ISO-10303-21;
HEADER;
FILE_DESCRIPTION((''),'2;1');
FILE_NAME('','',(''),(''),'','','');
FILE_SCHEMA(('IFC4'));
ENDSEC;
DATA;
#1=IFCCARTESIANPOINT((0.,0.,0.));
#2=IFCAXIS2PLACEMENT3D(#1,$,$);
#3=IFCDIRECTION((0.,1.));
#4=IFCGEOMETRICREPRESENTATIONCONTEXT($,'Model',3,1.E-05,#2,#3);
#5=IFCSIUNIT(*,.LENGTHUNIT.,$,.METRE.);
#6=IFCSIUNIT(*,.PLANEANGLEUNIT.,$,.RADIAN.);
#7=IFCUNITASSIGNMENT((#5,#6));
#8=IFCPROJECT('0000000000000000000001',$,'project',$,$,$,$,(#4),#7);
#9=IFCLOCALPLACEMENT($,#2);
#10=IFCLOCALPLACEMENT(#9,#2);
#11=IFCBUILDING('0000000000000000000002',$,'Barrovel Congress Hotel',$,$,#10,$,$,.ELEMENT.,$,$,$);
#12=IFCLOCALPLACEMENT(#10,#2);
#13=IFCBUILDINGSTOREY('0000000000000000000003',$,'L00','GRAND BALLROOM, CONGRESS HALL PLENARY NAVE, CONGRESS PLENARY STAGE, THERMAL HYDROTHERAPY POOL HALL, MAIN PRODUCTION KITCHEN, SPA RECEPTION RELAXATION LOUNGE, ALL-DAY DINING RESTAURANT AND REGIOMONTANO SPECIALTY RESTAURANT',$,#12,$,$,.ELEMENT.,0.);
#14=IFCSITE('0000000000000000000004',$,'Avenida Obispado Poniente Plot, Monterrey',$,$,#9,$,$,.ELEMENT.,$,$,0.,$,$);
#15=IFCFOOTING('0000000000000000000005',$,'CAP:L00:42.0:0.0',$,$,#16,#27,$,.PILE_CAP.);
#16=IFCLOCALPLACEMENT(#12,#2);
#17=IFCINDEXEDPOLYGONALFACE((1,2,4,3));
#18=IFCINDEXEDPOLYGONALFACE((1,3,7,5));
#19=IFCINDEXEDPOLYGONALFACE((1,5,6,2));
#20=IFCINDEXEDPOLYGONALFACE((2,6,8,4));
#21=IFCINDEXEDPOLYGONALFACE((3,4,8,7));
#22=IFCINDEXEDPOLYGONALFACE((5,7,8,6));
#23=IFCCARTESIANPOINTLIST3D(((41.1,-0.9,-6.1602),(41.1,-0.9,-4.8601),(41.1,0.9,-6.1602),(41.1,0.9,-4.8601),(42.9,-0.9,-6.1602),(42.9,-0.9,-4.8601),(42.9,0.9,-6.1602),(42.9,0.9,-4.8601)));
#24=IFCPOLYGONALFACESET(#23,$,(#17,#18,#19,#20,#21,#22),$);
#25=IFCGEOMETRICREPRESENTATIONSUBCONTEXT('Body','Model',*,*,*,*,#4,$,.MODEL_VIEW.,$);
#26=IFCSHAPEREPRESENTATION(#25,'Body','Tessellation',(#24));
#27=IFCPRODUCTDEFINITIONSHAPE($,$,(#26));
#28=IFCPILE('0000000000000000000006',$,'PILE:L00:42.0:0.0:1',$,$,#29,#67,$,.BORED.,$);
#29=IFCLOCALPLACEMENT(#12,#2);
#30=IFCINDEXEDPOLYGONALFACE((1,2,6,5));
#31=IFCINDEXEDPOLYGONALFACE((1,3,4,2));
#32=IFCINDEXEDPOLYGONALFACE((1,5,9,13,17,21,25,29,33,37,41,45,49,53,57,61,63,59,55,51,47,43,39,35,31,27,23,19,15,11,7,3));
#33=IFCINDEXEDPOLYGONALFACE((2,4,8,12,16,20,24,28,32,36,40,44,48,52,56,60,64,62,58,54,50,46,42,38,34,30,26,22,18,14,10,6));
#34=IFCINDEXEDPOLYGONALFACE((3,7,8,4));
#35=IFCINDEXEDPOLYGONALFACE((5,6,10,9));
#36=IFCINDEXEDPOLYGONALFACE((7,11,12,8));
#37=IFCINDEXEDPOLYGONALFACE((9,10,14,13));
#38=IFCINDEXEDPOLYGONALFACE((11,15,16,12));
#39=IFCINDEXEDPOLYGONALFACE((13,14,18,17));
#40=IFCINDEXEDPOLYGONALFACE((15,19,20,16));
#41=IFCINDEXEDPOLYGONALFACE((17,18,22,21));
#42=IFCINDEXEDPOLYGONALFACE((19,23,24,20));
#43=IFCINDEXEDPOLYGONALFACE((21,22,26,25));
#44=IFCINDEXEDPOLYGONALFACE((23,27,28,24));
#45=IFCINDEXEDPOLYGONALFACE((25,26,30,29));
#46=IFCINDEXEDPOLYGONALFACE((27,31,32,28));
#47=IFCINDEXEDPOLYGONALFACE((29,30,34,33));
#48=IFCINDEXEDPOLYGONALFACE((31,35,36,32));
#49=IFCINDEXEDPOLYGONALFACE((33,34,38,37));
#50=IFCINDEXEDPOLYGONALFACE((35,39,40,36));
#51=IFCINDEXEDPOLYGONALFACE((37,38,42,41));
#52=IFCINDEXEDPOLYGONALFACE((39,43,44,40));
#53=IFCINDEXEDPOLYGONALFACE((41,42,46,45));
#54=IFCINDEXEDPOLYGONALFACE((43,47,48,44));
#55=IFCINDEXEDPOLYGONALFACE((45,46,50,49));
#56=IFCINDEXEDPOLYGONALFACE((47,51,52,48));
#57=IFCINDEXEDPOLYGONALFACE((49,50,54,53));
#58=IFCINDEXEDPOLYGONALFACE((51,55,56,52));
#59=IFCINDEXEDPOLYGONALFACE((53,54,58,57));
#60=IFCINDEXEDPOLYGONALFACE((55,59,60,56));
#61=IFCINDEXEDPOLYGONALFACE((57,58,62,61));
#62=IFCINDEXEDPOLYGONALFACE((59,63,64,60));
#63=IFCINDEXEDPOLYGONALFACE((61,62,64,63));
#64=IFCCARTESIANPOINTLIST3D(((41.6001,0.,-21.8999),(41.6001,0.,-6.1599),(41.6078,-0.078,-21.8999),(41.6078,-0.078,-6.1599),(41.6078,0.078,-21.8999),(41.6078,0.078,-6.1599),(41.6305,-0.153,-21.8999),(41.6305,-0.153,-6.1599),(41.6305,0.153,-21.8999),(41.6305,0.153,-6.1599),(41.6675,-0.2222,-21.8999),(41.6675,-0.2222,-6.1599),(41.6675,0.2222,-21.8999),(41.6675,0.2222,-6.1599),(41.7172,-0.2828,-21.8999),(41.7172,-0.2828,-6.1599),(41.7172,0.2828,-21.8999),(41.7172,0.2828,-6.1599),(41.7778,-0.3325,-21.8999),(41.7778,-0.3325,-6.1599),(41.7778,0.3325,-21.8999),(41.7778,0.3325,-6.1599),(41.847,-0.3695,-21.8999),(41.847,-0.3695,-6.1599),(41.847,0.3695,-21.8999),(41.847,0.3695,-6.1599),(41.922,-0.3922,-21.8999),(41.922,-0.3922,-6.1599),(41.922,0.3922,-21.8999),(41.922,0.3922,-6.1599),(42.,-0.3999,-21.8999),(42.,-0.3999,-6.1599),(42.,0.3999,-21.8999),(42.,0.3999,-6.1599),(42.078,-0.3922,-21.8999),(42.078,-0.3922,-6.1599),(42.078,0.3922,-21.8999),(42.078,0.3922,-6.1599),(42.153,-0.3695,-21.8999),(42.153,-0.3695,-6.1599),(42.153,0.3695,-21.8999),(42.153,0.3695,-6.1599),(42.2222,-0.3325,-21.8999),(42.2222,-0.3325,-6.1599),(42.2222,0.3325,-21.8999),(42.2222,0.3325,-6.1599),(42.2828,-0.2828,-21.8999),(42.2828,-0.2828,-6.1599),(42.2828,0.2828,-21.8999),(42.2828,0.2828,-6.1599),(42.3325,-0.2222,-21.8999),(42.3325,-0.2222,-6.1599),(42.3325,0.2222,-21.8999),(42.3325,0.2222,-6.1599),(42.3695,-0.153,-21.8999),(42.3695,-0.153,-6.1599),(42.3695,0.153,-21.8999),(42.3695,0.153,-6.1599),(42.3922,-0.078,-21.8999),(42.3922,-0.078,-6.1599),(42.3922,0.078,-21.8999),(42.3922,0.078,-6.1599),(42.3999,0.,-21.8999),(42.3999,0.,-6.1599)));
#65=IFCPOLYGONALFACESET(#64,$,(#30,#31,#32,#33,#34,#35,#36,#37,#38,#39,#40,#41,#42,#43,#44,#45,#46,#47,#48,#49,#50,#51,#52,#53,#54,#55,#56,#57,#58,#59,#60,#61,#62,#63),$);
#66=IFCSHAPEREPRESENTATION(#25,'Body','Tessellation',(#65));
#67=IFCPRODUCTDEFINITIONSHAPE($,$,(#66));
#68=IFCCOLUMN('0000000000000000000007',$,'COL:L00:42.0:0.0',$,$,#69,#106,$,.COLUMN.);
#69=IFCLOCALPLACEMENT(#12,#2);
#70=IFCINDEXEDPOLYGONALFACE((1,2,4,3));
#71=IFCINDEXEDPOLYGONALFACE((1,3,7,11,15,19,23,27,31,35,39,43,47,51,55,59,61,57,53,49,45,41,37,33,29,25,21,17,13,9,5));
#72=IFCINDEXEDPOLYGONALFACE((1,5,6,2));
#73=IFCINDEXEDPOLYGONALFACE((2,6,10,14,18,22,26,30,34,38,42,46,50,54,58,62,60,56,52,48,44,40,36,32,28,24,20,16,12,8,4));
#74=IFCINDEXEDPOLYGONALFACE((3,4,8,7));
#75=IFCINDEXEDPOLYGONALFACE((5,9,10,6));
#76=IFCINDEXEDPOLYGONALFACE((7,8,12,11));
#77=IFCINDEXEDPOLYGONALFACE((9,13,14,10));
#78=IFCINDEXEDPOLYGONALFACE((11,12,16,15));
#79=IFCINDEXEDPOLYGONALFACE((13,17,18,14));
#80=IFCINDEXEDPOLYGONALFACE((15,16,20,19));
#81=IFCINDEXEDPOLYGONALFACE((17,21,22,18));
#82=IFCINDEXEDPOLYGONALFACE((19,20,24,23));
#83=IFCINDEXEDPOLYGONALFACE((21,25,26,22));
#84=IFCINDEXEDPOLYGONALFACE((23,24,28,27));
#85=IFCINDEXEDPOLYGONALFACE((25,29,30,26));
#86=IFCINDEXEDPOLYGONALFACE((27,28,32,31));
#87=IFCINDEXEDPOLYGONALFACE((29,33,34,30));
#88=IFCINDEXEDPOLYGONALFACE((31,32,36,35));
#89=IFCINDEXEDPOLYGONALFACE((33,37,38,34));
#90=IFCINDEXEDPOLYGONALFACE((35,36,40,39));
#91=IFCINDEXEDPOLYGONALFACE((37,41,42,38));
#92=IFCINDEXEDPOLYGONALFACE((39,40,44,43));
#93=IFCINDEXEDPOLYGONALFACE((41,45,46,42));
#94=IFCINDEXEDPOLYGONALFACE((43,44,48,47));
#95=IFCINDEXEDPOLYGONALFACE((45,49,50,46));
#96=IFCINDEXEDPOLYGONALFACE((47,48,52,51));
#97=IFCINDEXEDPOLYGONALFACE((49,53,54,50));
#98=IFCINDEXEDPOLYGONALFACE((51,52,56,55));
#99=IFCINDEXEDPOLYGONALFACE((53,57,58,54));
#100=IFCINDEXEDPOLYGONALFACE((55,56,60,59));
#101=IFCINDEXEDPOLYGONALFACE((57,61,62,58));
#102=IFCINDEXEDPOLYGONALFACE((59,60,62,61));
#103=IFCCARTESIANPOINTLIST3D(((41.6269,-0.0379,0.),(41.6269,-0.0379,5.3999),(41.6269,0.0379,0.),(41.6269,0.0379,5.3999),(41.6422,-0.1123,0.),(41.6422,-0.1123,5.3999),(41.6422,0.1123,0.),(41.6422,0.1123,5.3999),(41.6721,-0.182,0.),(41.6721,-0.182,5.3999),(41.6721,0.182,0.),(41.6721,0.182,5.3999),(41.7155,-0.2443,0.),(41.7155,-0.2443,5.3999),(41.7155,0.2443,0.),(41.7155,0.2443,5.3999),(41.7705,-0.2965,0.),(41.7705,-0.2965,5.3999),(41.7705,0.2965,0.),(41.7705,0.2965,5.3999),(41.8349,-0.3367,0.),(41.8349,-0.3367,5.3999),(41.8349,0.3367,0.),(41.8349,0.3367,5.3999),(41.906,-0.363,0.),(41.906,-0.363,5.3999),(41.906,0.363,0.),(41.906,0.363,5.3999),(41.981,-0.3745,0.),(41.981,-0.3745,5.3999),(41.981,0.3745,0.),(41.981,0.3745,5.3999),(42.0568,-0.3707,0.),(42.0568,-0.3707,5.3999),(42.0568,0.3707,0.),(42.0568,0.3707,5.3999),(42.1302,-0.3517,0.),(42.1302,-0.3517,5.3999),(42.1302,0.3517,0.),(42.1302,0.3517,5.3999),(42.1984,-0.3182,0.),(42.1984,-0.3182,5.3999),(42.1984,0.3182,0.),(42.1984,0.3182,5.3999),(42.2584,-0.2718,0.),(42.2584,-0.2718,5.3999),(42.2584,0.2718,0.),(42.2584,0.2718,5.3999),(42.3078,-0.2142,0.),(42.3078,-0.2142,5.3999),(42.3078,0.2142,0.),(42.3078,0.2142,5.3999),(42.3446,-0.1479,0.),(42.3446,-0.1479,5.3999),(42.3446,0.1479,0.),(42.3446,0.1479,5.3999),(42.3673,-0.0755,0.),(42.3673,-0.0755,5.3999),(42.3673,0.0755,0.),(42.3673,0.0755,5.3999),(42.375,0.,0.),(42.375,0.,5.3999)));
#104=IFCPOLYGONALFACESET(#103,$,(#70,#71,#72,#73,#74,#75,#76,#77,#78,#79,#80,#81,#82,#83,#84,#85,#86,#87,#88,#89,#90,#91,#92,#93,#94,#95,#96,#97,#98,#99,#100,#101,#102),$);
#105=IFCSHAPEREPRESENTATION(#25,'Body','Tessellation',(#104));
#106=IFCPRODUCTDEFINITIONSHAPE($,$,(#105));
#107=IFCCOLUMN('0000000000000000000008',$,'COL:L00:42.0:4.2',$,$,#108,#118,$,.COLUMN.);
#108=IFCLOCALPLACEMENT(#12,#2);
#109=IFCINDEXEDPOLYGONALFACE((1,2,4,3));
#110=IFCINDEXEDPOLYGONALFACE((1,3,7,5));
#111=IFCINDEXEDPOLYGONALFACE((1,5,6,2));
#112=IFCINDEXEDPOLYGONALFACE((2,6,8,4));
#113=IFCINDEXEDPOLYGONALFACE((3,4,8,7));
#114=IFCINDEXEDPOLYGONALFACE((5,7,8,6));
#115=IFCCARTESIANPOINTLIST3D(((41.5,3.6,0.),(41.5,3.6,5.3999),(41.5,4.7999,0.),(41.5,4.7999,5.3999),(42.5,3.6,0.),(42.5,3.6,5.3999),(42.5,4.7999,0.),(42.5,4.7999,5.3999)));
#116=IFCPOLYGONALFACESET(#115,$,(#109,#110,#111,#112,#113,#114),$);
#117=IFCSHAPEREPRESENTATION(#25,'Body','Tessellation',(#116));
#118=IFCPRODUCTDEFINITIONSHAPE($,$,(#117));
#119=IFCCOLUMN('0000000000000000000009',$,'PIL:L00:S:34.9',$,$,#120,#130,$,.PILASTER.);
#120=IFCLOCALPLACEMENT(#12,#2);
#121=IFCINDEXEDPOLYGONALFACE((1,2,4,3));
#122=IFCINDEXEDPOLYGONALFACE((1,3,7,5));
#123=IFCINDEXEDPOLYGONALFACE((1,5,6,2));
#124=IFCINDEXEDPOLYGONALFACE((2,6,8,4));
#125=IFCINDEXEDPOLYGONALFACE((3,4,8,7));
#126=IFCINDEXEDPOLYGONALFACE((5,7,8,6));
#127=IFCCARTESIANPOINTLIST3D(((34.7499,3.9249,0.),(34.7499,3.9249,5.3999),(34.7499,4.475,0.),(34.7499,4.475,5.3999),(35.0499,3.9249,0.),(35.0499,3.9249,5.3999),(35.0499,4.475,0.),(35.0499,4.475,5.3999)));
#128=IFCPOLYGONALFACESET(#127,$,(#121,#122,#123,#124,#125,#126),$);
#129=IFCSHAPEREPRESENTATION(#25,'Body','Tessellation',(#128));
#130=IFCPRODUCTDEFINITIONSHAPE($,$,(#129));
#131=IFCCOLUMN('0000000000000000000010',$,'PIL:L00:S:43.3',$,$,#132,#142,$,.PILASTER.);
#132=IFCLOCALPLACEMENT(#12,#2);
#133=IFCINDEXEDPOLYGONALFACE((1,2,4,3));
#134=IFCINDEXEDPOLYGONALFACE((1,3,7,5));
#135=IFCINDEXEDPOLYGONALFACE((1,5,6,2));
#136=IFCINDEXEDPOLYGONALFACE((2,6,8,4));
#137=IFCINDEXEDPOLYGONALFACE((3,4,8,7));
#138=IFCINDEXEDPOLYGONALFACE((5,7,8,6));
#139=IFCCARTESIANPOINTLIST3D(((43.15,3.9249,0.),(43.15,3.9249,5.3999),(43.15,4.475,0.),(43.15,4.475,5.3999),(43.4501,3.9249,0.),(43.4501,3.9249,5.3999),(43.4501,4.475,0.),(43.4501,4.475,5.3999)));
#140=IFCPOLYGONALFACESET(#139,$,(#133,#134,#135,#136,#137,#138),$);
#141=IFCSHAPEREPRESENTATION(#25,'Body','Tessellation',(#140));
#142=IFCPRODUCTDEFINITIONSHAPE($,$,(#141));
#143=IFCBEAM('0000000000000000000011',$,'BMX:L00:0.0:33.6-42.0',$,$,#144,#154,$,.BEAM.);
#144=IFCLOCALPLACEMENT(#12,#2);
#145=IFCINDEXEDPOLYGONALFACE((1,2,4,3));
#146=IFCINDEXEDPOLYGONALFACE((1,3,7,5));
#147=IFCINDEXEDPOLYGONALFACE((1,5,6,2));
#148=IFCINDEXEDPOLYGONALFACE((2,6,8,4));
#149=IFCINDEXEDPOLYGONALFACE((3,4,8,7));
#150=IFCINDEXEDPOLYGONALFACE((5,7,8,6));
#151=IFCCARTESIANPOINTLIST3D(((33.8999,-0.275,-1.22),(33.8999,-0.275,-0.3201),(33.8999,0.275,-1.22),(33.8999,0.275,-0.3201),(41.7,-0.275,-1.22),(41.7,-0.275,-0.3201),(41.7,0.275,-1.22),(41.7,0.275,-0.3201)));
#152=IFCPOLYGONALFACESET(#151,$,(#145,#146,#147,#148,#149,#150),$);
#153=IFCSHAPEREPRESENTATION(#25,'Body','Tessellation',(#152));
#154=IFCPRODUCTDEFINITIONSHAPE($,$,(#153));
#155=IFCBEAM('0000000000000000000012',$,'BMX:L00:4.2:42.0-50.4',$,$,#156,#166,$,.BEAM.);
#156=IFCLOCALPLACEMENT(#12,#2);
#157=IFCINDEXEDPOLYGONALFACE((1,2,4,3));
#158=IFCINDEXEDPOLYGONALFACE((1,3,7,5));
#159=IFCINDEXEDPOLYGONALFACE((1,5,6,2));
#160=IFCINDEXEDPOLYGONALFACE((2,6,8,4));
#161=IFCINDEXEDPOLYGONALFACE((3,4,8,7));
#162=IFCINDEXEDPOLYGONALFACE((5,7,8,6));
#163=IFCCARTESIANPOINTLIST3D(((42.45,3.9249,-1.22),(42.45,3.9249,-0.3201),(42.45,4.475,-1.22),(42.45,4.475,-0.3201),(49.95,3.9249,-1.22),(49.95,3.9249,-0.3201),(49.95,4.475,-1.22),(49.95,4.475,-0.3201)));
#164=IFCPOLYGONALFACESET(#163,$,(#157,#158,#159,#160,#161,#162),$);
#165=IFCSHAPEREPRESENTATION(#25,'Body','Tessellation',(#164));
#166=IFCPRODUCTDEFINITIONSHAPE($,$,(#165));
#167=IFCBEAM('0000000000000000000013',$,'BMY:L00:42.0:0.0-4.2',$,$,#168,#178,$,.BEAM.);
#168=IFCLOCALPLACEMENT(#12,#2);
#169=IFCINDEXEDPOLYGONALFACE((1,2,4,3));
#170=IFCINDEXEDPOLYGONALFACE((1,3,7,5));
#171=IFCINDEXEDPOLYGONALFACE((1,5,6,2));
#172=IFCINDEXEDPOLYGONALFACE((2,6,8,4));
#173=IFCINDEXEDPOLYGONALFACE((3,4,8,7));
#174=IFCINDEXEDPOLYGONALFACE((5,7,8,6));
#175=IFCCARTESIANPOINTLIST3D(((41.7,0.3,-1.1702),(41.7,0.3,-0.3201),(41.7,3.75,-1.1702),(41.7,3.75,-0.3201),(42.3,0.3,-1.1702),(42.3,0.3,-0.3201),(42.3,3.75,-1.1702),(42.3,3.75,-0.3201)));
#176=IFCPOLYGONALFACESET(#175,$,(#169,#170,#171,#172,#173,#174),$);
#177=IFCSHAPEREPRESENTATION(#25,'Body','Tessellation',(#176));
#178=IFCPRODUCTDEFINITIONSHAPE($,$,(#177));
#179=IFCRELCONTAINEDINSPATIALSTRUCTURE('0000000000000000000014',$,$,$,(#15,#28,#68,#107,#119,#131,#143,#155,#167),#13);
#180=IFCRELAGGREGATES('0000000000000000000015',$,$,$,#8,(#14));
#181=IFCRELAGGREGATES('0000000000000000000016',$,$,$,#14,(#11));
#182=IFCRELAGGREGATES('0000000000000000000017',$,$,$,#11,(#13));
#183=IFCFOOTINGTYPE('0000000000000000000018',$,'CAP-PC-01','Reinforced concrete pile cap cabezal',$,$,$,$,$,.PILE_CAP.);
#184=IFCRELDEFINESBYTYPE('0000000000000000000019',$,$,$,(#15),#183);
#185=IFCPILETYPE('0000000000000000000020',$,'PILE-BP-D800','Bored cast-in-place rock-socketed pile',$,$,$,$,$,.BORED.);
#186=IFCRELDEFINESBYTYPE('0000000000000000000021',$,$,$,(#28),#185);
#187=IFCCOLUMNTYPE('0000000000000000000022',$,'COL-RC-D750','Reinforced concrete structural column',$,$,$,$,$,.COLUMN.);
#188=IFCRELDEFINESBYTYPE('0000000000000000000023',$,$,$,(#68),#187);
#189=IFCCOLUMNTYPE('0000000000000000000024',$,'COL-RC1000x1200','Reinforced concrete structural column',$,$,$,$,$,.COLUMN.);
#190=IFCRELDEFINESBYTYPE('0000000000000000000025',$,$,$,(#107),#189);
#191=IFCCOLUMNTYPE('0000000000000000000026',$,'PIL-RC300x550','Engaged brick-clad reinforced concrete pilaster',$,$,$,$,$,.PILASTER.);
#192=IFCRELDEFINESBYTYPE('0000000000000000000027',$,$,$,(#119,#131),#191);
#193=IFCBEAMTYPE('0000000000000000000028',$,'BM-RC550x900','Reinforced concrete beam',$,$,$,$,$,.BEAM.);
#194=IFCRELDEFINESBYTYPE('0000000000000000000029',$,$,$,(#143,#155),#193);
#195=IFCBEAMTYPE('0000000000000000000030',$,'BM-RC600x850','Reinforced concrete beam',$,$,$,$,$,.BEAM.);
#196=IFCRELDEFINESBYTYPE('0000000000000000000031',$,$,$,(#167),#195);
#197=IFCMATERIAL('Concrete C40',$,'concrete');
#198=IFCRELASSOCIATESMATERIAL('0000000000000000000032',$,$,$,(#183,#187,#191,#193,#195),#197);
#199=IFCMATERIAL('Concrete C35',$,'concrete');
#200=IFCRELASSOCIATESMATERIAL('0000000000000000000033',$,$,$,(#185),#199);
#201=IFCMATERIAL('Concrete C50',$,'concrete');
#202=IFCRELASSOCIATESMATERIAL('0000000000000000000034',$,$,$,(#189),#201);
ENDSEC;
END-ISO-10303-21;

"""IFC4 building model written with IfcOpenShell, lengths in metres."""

from ifc_helpers import new_model, si_unit, direction, frame, origin, origin_2d, place, context, subcontext, project, spatial, rectangle, circle, extrude, material, material_profile, profile_set, type_object, element, save


model = new_model("IFC4")

# Units and contexts
model_context = context("Model", 3, precision=1e-05, world=origin(), true_north=direction((0.0, 1.0)))
body_context = subcontext(model_context, "Body", "Model", "MODEL_VIEW")
ifc_project = project(units=[si_unit("LENGTHUNIT", "METRE"), si_unit("PLANEANGLEUNIT", "RADIAN")], contexts=[model_context])

# Site, building, storey
site_placement = place(None, origin())
site = spatial("IfcSite", under=ifc_project, at=site_placement, Name="Avenida Obispado Poniente Plot, Monterrey", CompositionType="ELEMENT", RefElevation=0.0)
building_placement = place(site_placement, origin())
building = spatial("IfcBuilding", under=site, at=building_placement, Name="Barrovel Congress Hotel", CompositionType="ELEMENT")
storey_placement = place(building_placement, origin())
storey = spatial("IfcBuildingStorey", under=building, at=storey_placement, Name="L00", Description="GRAND BALLROOM, CONGRESS HALL PLENARY NAVE, CONGRESS PLENARY STAGE, THERMAL HYDROTHERAPY POOL HALL, MAIN PRODUCTION KITCHEN, SPA RECEPTION RELAXATION LOUNGE, ALL-DAY DINING RESTAURANT AND REGIOMONTANO SPECIALTY RESTAURANT", CompositionType="ELEMENT", Elevation=0.0)

# Footing
ifc_material_1 = material(Name="Concrete C40", Category="concrete")
footing_type = type_object("IfcFootingType", Name="CAP-PC-01", Description="Reinforced concrete pile cap cabezal", PredefinedType="PILE_CAP", material=ifc_material_1)
footing_placement = place(storey_placement, frame((42.0, 0.0, -6.1602), z_axis=(0.0, 0.0, 1.0), x_axis=(1.0, 0.0, 0.0)))
element("IfcFooting", 1, at=footing_placement, inside=storey, type_object=footing_type, Name="CAP:L00:42.0:0.0", PredefinedType="PILE_CAP", context=body_context, shape_type="SweptSolid", body=[
    extrude(rectangle(XDim=1.8, YDim=1.8, at=origin_2d()), origin(), (0.0, 0.0, 1.0), 1.3),
])

# Pile
ifc_material_2 = material(Name="Concrete C35", Category="concrete")
ifc_material_profile_1 = material_profile(ifc_material_2, circle(Radius=0.3999, at=origin_2d()), Name="BP-D800")
ifc_profile_set_1 = profile_set([ifc_material_profile_1], Name="Concrete C35")
pile_type = type_object("IfcPileType", Name="PILE-BP-D800", Description="Bored cast-in-place rock-socketed pile", PredefinedType="BORED", material=ifc_profile_set_1)
pile_placement = place(storey_placement, frame((42.0, 0.0, -6.1599), z_axis=(0.0, 0.0, -1.0), x_axis=(1.0, 0.0, 0.0)))
element("IfcPile", 2, at=pile_placement, inside=storey, type_object=pile_type, Name="PILE:L00:42.0:0.0:1", PredefinedType="BORED", context=body_context, shape_type="SweptSolid", body=[
    extrude(circle(Radius=0.3999, at=origin_2d()), origin(), (0.0, 0.0, 1.0), 15.74),
])

# Columns
ifc_material_profile_2 = material_profile(ifc_material_1, circle(Radius=0.375, at=origin_2d()), Name="RC-D750")
ifc_profile_set_2 = profile_set([ifc_material_profile_2], Name="Concrete C40")
column_type_1 = type_object("IfcColumnType", Name="COL-RC-D750", Description="Reinforced concrete structural column", PredefinedType="COLUMN", material=ifc_profile_set_2)
column_1_placement = place(storey_placement, frame((42.0, 0.0, 0.0), z_axis=(0.0, 0.0, 1.0), x_axis=(1.0, 0.0, 0.0)))
element("IfcColumn", 3, at=column_1_placement, inside=storey, type_object=column_type_1, Name="COL:L00:42.0:0.0", PredefinedType="COLUMN", context=body_context, shape_type="SweptSolid", body=[
    extrude(circle(Radius=0.375, at=origin_2d()), origin(), (0.0, 0.0, 1.0), 5.3999),
])
ifc_material_3 = material(Name="Concrete C50", Category="concrete")
ifc_material_profile_3 = material_profile(ifc_material_3, rectangle(XDim=1.0, YDim=1.2, at=origin_2d()), Name="RC1000x1200")
ifc_profile_set_3 = profile_set([ifc_material_profile_3], Name="Concrete C50")
column_type_2 = type_object("IfcColumnType", Name="COL-RC1000x1200", Description="Reinforced concrete structural column", PredefinedType="COLUMN", material=ifc_profile_set_3)
column_2_placement = place(storey_placement, frame((42.0, 4.2, 0.0), z_axis=(0.0, 0.0, 1.0), x_axis=(1.0, 0.0, 0.0)))
element("IfcColumn", 4, at=column_2_placement, inside=storey, type_object=column_type_2, Name="COL:L00:42.0:4.2", PredefinedType="COLUMN", context=body_context, shape_type="SweptSolid", body=[
    extrude(rectangle(XDim=1.0, YDim=1.2, at=origin_2d()), origin(), (0.0, 0.0, 1.0), 5.3999),
])
ifc_material_profile_4 = material_profile(ifc_material_1, rectangle(XDim=0.3, YDim=0.55, at=origin_2d()), Name="RC300x550")
ifc_profile_set_4 = profile_set([ifc_material_profile_4], Name="Concrete C40")
column_type_3 = type_object("IfcColumnType", Name="PIL-RC300x550", Description="Engaged brick-clad reinforced concrete pilaster", PredefinedType="PILASTER", material=ifc_profile_set_4)
for number, where, z_axis, x_axis, name in (
    (5, (34.8999, 4.2, 0.0), (0.0, 0.0, 1.0), (1.0, 0.0, 0.0), "PIL:L00:S:34.9"),
    (6, (43.3, 4.2, 0.0), (0.0, 0.0, 1.0), (1.0, 0.0, 0.0), "PIL:L00:S:43.3"),
):
    element("IfcColumn", number, at=place(storey_placement, frame(where, z_axis=z_axis, x_axis=x_axis)), inside=storey, type_object=column_type_3, Name=name, PredefinedType="PILASTER", context=body_context, shape_type="SweptSolid", body=[
        extrude(rectangle(XDim=0.3, YDim=0.55, at=origin_2d()), origin(), (0.0, 0.0, 1.0), 5.3999),
    ])

# Beams
ifc_material_profile_5 = material_profile(ifc_material_1, rectangle(XDim=0.55, YDim=0.8999, at=origin_2d()), Name="RC550x900")
ifc_profile_set_5 = profile_set([ifc_material_profile_5], Name="Concrete C40")
beam_type_1 = type_object("IfcBeamType", Name="BM-RC550x900", Description="Reinforced concrete beam", PredefinedType="BEAM", material=ifc_profile_set_5)
beam_1_placement = place(storey_placement, frame((33.8999, 0.0, -0.77), z_axis=(1.0, 0.0, 0.0), x_axis=(0.0, 1.0, 0.0)))
element("IfcBeam", 7, at=beam_1_placement, inside=storey, type_object=beam_type_1, Name="BMX:L00:0.0:33.6-42.0", PredefinedType="BEAM", context=body_context, shape_type="SweptSolid", body=[
    extrude(rectangle(XDim=0.55, YDim=0.8999, at=origin_2d()), origin(), (0.0, 0.0, 1.0), 7.8),
])
beam_2_placement = place(storey_placement, frame((42.45, 4.2, -0.77), z_axis=(1.0, 0.0, 0.0), x_axis=(0.0, 1.0, 0.0)))
element("IfcBeam", 8, at=beam_2_placement, inside=storey, type_object=beam_type_1, Name="BMX:L00:4.2:42.0-50.4", PredefinedType="BEAM", context=body_context, shape_type="SweptSolid", body=[
    extrude(rectangle(XDim=0.55, YDim=0.8999, at=origin_2d()), origin(), (0.0, 0.0, 1.0), 7.5),
])
ifc_material_profile_6 = material_profile(ifc_material_1, rectangle(XDim=0.6001, YDim=0.8501, at=origin_2d()), Name="RC600x850")
ifc_profile_set_6 = profile_set([ifc_material_profile_6], Name="Concrete C40")
beam_type_2 = type_object("IfcBeamType", Name="BM-RC600x850", Description="Reinforced concrete beam", PredefinedType="BEAM", material=ifc_profile_set_6)
beam_3_placement = place(storey_placement, frame((42.0, 0.3, -0.7451), z_axis=(0.0, 1.0, 0.0), x_axis=(-1.0, 0.0, 0.0)))
element("IfcBeam", 9, at=beam_3_placement, inside=storey, type_object=beam_type_2, Name="BMY:L00:42.0:0.0-4.2", PredefinedType="BEAM", context=body_context, shape_type="SweptSolid", body=[
    extrude(rectangle(XDim=0.6001, YDim=0.8501, at=origin_2d()), origin(), (0.0, 0.0, 1.0), 3.45),
])

save(model, "model.ifc")
